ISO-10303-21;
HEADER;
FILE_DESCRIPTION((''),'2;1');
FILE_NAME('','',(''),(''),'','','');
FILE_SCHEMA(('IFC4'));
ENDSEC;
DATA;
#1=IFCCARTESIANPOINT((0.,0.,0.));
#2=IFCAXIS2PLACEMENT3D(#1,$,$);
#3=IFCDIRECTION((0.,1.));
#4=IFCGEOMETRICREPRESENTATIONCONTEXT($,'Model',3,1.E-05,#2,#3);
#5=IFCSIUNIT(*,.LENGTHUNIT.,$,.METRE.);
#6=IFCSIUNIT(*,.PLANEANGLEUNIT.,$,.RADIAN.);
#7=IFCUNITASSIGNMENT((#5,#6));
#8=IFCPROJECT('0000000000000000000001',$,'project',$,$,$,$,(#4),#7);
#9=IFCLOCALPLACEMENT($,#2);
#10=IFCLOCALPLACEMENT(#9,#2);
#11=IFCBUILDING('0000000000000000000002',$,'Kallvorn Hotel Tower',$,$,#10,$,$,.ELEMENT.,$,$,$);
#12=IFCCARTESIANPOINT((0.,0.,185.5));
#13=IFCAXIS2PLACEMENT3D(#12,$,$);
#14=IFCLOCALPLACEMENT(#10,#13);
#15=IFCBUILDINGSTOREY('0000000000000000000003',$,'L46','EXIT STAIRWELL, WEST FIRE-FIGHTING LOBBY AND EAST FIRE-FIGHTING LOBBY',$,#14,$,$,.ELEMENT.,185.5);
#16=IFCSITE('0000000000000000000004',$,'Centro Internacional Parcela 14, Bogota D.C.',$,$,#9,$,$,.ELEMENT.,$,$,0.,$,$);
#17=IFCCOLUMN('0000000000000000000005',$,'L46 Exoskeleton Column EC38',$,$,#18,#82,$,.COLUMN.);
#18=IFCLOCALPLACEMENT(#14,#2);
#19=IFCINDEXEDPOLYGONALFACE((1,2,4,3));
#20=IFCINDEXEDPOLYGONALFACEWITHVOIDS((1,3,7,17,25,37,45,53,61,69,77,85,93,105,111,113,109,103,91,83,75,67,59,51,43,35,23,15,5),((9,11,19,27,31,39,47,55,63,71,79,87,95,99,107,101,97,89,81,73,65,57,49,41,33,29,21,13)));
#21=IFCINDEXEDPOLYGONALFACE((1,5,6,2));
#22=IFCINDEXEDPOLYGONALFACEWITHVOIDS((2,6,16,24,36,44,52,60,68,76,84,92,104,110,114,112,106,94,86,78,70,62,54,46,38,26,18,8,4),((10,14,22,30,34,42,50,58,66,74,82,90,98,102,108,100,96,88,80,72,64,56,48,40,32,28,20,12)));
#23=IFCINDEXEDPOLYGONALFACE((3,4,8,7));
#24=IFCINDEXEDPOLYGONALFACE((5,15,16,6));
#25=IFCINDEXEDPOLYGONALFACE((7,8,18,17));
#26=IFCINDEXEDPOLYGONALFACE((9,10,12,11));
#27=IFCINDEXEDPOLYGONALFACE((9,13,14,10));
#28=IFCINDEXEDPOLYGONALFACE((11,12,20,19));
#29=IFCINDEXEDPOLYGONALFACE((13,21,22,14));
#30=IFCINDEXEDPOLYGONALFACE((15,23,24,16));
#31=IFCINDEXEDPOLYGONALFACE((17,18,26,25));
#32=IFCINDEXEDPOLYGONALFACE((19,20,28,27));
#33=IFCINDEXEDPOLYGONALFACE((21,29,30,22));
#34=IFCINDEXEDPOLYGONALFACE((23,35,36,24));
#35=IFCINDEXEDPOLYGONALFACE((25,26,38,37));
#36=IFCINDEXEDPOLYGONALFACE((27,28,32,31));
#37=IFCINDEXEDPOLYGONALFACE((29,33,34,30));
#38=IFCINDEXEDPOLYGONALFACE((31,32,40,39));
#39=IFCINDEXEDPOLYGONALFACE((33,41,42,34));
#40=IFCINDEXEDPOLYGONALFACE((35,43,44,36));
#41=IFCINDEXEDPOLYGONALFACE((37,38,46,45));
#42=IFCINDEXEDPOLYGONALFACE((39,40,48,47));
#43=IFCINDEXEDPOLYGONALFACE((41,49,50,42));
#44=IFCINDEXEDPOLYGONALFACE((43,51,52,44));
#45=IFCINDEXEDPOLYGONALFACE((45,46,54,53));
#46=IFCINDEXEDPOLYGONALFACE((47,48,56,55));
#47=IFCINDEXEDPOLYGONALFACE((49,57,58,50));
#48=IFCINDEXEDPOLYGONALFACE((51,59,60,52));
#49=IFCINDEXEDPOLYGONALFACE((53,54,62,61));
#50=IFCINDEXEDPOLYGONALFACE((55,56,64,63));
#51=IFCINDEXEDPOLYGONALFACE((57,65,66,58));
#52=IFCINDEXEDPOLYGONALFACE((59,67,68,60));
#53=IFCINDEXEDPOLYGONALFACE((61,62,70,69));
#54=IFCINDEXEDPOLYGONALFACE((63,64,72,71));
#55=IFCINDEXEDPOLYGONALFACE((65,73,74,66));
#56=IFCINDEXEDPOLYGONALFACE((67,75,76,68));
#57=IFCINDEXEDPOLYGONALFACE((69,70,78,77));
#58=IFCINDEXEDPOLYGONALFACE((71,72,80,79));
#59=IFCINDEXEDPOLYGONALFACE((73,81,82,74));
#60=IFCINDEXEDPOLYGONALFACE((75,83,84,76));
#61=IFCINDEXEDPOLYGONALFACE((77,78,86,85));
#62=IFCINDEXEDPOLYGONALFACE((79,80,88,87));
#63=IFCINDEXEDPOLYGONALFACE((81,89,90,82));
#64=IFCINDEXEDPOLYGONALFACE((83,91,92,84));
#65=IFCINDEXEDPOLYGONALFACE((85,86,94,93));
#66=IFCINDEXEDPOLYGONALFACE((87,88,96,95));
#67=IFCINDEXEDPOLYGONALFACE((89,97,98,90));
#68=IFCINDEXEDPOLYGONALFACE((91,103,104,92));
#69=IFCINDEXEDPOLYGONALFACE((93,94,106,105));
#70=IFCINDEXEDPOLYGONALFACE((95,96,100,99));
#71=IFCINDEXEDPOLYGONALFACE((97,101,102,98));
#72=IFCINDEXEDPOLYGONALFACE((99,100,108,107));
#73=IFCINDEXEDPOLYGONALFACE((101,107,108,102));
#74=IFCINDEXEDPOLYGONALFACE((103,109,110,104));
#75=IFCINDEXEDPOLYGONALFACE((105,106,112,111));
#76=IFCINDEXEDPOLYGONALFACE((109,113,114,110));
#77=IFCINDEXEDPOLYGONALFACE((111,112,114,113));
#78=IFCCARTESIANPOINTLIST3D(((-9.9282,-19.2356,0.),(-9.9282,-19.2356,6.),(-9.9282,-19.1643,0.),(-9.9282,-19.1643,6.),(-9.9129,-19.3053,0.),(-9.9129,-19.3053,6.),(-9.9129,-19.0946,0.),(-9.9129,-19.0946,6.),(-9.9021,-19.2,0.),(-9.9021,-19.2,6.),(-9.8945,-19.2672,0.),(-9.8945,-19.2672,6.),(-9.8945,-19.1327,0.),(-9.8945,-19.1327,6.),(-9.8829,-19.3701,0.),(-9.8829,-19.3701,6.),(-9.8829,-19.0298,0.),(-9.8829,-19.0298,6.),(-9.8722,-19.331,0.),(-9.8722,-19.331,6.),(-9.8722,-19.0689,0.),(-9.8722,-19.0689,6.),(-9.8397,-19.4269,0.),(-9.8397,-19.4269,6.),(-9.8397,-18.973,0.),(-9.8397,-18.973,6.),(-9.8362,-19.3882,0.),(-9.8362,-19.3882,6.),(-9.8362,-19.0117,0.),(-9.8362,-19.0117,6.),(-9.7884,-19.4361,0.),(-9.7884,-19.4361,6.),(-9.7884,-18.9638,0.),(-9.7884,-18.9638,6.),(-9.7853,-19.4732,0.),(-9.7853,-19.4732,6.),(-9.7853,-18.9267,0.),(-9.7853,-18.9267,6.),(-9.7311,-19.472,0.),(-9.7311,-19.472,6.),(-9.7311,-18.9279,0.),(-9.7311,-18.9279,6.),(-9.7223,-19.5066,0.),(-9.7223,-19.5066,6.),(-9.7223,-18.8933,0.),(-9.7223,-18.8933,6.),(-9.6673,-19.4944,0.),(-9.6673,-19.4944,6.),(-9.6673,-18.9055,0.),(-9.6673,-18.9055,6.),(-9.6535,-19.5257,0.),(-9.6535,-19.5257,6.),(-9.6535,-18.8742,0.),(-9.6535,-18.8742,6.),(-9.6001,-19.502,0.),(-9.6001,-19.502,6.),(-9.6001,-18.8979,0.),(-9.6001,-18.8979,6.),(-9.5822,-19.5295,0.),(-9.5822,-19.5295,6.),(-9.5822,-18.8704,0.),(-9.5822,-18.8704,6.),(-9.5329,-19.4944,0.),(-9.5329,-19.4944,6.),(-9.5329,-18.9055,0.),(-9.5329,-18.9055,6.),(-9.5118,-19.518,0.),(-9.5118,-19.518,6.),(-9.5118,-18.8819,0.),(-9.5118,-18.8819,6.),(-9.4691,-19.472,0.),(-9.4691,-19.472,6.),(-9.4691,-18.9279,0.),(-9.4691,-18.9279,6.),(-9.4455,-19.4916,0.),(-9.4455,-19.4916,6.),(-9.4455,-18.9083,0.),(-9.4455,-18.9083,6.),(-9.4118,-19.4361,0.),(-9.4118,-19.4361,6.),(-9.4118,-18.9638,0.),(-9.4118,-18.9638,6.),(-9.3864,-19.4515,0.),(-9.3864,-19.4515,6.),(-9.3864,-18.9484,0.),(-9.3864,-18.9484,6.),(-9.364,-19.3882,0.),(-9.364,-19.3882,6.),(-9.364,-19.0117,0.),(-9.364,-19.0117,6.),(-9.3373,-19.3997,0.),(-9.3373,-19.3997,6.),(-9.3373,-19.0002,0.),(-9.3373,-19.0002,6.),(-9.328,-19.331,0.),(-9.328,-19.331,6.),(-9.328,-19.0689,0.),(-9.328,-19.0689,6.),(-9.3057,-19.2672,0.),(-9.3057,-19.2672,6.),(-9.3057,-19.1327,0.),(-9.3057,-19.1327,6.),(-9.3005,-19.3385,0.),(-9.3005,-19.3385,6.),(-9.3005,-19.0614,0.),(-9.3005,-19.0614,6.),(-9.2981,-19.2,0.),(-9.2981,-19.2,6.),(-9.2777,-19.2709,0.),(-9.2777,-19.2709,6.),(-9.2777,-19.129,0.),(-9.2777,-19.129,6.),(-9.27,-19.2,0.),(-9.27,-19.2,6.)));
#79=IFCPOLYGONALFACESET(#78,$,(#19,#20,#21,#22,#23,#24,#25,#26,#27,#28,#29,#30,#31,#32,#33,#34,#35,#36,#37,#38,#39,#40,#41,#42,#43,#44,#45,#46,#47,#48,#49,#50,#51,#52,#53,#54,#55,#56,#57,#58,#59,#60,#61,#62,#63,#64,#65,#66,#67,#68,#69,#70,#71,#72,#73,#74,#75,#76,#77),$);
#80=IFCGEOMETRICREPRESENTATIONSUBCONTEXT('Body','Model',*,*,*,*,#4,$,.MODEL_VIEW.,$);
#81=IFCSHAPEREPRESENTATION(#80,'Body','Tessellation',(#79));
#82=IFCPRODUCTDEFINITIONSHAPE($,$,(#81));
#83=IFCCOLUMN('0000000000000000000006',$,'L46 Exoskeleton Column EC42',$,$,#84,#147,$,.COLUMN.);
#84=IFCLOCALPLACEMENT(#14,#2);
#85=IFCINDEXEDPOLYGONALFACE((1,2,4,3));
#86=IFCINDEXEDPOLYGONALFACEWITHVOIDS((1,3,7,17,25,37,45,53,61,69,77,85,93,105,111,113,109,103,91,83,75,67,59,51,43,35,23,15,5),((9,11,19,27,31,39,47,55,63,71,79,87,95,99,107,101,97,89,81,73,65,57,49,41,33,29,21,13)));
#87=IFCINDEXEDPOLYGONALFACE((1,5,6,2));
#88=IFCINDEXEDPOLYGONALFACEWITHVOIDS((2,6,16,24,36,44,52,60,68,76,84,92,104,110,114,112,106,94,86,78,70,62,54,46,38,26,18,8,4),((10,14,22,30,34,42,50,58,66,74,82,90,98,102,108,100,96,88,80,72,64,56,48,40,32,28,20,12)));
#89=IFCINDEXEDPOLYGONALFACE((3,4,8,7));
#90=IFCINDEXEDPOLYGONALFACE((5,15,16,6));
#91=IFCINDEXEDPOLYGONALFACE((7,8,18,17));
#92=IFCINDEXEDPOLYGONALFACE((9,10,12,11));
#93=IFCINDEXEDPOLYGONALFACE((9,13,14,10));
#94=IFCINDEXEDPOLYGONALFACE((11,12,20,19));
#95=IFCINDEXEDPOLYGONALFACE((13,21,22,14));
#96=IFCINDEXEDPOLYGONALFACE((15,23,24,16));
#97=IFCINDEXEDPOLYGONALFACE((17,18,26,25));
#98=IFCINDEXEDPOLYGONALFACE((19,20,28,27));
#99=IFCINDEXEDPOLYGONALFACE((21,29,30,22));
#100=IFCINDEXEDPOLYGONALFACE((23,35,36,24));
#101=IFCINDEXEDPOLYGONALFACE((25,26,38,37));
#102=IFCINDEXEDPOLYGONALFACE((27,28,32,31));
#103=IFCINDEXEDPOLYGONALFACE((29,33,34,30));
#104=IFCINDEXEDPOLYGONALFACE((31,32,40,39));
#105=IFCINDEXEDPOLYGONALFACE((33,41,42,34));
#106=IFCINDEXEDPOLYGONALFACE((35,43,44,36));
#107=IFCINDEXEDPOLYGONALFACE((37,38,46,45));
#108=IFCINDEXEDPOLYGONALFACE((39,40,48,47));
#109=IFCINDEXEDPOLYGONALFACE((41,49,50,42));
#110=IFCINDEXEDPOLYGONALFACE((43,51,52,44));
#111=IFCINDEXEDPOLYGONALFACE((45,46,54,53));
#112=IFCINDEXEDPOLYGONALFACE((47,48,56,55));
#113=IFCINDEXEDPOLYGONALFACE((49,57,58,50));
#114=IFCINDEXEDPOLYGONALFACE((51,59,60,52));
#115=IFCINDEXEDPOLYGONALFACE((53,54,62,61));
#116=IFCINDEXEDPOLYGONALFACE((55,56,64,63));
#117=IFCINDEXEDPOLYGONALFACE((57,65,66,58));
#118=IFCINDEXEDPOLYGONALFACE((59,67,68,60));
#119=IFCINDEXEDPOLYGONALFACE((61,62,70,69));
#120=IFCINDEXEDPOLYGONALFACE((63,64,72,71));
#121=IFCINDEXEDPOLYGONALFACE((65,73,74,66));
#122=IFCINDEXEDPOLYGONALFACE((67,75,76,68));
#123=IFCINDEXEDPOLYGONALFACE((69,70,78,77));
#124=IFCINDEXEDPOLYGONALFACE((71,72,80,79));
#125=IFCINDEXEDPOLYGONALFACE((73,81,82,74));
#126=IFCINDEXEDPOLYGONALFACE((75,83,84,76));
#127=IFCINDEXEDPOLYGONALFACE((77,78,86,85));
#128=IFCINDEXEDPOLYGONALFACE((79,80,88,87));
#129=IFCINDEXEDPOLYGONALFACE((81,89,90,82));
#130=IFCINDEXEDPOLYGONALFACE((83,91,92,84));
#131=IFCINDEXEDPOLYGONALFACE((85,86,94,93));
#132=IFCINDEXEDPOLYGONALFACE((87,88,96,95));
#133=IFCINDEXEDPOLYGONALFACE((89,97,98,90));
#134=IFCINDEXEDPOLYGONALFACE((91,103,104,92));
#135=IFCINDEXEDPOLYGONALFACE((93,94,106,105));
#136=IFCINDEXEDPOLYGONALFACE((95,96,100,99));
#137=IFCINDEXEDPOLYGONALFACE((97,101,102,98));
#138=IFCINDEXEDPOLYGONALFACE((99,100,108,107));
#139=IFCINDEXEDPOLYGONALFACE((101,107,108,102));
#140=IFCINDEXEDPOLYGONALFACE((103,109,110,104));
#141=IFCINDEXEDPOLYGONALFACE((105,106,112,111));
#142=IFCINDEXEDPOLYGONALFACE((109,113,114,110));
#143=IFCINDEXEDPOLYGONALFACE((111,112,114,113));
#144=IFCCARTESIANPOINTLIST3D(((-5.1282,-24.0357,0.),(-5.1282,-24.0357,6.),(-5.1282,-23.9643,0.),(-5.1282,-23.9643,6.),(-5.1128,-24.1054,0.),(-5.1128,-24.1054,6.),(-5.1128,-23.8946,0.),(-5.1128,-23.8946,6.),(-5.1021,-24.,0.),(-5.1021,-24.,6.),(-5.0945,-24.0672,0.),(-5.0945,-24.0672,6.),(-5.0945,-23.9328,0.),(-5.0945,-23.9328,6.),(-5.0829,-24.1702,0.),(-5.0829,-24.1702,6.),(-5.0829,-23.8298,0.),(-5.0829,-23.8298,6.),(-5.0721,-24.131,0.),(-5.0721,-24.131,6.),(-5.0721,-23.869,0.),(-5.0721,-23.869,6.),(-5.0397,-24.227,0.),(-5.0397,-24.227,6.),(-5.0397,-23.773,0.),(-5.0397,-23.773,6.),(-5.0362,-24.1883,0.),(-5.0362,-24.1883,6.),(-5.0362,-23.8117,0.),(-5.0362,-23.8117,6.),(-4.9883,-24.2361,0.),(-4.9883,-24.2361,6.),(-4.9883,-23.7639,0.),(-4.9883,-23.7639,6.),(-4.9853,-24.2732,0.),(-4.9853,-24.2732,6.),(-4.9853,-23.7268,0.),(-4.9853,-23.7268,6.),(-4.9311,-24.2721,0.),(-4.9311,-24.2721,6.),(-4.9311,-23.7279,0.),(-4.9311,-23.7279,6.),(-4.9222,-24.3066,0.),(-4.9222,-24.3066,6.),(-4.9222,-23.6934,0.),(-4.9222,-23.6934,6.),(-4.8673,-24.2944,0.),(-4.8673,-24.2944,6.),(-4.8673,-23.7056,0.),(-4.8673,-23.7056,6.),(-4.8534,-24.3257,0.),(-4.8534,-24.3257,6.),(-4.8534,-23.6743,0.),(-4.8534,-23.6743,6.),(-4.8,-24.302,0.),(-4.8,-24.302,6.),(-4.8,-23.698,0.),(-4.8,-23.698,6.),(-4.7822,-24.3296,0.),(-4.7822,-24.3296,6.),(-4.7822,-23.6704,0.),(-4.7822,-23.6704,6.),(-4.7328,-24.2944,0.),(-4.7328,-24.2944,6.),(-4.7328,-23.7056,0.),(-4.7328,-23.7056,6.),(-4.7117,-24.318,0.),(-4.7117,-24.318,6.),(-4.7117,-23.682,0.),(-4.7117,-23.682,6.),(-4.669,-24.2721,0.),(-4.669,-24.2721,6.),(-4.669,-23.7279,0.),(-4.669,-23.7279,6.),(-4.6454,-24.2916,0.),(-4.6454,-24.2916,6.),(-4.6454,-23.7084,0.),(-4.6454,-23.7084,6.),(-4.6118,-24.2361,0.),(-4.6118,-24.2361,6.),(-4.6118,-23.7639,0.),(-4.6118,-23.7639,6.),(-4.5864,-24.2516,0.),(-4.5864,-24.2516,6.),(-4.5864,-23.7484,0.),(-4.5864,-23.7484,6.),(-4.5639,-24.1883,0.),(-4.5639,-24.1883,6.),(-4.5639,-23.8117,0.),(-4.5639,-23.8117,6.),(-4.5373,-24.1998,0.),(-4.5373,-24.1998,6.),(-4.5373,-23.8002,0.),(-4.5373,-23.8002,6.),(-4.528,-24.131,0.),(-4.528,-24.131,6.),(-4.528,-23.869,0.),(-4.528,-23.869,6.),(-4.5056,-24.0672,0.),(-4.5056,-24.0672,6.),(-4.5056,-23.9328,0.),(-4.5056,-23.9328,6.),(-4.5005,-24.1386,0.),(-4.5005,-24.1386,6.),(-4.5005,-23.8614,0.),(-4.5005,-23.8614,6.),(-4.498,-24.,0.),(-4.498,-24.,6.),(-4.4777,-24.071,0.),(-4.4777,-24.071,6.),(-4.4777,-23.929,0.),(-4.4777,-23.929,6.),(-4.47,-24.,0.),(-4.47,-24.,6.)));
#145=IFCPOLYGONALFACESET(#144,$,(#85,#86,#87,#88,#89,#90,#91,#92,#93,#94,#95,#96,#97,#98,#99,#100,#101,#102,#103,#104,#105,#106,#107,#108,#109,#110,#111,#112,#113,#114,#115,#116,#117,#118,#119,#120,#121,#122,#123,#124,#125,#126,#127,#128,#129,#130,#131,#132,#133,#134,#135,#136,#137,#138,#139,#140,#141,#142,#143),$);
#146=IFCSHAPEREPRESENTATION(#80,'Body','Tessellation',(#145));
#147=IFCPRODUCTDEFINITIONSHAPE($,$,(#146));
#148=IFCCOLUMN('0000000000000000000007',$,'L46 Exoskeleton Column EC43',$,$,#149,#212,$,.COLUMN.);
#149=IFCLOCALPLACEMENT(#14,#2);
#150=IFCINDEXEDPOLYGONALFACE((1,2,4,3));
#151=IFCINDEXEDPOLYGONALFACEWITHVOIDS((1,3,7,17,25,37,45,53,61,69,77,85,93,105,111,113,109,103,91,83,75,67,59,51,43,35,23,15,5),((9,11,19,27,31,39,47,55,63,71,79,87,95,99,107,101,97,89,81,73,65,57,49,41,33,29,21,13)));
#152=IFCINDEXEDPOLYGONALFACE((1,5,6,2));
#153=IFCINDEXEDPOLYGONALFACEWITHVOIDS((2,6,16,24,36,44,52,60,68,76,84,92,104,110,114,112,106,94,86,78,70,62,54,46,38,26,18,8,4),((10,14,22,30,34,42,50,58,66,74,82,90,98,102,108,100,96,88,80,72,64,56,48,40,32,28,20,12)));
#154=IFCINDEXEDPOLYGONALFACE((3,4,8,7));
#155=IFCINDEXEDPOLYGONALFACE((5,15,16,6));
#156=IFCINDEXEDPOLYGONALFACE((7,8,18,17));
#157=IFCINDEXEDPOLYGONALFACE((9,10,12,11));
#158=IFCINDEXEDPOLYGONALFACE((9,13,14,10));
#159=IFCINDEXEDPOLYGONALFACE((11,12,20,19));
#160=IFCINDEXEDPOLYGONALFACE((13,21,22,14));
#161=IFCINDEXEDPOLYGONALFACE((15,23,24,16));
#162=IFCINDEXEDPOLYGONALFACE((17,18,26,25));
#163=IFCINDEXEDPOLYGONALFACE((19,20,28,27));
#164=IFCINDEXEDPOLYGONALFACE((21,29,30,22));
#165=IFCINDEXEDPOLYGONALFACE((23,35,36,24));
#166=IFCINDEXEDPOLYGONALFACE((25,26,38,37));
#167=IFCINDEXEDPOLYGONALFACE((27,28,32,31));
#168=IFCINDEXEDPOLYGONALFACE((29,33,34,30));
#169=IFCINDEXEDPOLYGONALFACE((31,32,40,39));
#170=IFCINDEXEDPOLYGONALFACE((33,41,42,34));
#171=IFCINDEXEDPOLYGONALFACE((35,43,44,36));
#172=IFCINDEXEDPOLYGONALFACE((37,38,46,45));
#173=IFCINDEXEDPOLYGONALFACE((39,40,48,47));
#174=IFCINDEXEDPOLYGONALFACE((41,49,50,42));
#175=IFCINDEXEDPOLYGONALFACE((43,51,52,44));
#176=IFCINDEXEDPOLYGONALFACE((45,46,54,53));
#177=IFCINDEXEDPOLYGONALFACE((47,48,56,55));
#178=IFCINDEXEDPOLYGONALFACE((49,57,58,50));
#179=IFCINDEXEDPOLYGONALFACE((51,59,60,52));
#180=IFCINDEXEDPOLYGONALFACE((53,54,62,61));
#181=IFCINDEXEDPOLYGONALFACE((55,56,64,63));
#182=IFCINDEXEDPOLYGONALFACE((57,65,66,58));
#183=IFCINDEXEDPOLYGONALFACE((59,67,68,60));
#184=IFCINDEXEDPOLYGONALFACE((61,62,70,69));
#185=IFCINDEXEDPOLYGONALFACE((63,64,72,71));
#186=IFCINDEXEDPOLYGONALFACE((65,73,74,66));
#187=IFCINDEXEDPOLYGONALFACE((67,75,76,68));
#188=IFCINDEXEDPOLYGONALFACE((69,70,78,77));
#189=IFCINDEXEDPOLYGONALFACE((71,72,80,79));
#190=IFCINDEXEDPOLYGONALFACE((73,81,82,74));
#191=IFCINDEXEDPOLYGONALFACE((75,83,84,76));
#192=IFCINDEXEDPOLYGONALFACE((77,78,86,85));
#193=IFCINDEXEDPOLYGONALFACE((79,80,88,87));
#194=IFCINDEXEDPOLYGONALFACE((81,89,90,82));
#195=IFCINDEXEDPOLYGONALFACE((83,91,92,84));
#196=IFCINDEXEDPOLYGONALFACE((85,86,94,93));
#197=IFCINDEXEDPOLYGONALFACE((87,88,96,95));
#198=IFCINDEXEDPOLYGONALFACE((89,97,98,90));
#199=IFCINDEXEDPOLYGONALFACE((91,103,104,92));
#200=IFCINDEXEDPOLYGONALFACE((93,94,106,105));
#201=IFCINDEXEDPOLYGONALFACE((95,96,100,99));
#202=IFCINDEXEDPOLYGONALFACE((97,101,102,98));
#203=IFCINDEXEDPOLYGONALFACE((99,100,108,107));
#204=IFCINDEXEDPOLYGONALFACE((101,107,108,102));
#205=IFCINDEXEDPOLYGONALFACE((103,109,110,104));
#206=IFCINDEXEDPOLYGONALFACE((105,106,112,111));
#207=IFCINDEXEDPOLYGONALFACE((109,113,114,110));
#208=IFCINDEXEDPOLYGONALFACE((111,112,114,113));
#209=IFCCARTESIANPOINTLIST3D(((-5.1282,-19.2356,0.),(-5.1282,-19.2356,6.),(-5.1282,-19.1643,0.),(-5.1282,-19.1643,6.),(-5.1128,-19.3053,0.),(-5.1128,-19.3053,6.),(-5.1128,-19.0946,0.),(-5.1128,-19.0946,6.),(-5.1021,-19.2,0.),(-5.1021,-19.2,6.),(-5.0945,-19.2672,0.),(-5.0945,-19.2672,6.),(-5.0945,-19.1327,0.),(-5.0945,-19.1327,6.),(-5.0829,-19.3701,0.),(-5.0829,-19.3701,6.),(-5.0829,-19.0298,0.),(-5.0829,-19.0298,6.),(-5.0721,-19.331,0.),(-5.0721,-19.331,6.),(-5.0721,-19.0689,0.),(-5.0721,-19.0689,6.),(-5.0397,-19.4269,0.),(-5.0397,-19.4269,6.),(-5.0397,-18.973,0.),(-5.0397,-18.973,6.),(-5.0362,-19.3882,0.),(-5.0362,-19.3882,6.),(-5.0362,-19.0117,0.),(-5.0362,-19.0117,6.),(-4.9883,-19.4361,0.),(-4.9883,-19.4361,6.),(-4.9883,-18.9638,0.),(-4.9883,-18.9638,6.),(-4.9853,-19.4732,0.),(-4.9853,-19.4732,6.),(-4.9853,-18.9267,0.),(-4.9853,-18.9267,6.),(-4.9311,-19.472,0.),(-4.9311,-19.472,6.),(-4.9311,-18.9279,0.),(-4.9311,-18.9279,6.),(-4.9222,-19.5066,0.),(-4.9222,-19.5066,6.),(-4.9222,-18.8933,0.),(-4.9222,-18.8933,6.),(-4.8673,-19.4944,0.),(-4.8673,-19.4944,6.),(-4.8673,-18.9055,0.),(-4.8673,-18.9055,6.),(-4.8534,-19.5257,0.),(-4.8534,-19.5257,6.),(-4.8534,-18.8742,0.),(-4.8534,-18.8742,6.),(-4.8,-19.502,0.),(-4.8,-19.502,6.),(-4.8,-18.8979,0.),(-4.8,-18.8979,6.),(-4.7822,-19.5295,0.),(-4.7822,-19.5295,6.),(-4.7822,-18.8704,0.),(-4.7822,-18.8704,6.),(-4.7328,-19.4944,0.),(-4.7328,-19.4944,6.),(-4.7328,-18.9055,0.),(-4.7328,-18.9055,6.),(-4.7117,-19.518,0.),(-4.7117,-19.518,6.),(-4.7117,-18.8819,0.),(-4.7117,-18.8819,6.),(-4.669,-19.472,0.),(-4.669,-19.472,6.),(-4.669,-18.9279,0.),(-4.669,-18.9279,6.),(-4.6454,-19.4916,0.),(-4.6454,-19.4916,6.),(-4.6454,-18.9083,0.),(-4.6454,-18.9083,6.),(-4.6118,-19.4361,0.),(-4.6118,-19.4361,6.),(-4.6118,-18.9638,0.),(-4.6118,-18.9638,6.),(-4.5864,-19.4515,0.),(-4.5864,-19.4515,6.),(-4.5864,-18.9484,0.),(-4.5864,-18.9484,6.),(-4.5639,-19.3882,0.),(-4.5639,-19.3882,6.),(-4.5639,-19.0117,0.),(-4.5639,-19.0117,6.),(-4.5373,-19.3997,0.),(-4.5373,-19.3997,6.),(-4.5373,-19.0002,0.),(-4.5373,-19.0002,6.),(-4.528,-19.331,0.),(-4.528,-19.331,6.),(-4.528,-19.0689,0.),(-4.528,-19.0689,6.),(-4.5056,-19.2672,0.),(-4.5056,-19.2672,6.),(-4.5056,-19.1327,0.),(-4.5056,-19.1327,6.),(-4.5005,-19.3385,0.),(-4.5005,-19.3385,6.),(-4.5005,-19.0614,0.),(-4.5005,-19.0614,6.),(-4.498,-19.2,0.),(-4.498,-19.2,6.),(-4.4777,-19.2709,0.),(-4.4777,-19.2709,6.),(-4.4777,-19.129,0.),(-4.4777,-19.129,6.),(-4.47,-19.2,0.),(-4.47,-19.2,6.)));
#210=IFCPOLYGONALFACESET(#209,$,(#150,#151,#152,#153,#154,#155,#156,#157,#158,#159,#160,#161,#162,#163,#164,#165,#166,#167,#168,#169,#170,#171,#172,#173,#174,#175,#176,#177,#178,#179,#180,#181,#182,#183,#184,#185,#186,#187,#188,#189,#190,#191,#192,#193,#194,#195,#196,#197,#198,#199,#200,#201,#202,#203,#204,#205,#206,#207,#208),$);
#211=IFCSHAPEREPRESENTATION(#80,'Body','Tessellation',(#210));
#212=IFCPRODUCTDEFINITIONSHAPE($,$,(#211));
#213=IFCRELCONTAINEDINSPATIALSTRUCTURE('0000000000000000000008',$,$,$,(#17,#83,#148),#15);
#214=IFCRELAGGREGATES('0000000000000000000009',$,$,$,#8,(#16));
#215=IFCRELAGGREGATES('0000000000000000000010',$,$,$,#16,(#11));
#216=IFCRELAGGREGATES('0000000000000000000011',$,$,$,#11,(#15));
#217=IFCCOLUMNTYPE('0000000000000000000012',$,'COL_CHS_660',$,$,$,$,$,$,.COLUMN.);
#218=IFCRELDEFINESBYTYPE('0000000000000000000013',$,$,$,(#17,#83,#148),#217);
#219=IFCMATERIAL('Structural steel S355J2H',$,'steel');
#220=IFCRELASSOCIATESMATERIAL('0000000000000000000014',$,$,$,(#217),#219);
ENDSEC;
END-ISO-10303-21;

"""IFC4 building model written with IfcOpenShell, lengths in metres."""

from ifc_helpers import new_model, si_unit, direction, frame, origin, origin_2d, place, context, subcontext, project, spatial, hollow_circle, extrude, material, material_profile, profile_set, type_object, element, save


model = new_model("IFC4")

# Units and contexts
model_context = context("Model", 3, precision=1e-05, world=origin(), true_north=direction((0.0, 1.0)))
body_context = subcontext(model_context, "Body", "Model", "MODEL_VIEW")
ifc_project = project(units=[si_unit("LENGTHUNIT", "METRE"), si_unit("PLANEANGLEUNIT", "RADIAN")], contexts=[model_context])

# Site, building, storey
site_placement = place(None, origin())
site = spatial("IfcSite", under=ifc_project, at=site_placement, Name="Centro Internacional Parcela 14, Bogota D.C.", CompositionType="ELEMENT", RefElevation=0.0)
building_placement = place(site_placement, origin())
building = spatial("IfcBuilding", under=site, at=building_placement, Name="Kallvorn Hotel Tower", CompositionType="ELEMENT")
storey_placement = place(building_placement, frame((0.0, 0.0, 185.5)))
storey = spatial("IfcBuildingStorey", under=building, at=storey_placement, Name="L46", Description="EXIT STAIRWELL, WEST FIRE-FIGHTING LOBBY AND EAST FIRE-FIGHTING LOBBY", CompositionType="ELEMENT", Elevation=185.5)

# Columns
ifc_material_1 = material(Name="Structural steel S355J2H", Category="steel")
ifc_material_profile_1 = material_profile(ifc_material_1, hollow_circle(Radius=0.3301, WallThickness=0.0281, at=origin_2d()), Name="CHS 660x28")
ifc_profile_set_1 = profile_set([ifc_material_profile_1], Name="Structural steel S355J2H")
column_type_1 = type_object("IfcColumnType", Name="COL_CHS_660", PredefinedType="COLUMN", material=ifc_profile_set_1)
for number, where, z_axis, x_axis, name in (
    (1, (-9.6001, -19.2, 0.0), (0.0, 0.0, 1.0), (1.0, 0.0, 0.0), "L46 Exoskeleton Column EC38"),
    (2, (-4.8, -24.0, 0.0), (0.0, 0.0, 1.0), (1.0, 0.0, 0.0), "L46 Exoskeleton Column EC42"),
    (3, (-4.8, -19.2, 0.0), (0.0, 0.0, 1.0), (1.0, 0.0, 0.0), "L46 Exoskeleton Column EC43"),
):
    element("IfcColumn", number, at=place(storey_placement, frame(where, z_axis=z_axis, x_axis=x_axis)), inside=storey, type_object=column_type_1, Name=name, PredefinedType="COLUMN", context=body_context, shape_type="SweptSolid", body=[
        extrude(hollow_circle(Radius=0.3301, WallThickness=0.0281, at=origin_2d()), origin(), (0.0, 0.0, 1.0), 6.0),
    ])

save(model, "model.ifc")
